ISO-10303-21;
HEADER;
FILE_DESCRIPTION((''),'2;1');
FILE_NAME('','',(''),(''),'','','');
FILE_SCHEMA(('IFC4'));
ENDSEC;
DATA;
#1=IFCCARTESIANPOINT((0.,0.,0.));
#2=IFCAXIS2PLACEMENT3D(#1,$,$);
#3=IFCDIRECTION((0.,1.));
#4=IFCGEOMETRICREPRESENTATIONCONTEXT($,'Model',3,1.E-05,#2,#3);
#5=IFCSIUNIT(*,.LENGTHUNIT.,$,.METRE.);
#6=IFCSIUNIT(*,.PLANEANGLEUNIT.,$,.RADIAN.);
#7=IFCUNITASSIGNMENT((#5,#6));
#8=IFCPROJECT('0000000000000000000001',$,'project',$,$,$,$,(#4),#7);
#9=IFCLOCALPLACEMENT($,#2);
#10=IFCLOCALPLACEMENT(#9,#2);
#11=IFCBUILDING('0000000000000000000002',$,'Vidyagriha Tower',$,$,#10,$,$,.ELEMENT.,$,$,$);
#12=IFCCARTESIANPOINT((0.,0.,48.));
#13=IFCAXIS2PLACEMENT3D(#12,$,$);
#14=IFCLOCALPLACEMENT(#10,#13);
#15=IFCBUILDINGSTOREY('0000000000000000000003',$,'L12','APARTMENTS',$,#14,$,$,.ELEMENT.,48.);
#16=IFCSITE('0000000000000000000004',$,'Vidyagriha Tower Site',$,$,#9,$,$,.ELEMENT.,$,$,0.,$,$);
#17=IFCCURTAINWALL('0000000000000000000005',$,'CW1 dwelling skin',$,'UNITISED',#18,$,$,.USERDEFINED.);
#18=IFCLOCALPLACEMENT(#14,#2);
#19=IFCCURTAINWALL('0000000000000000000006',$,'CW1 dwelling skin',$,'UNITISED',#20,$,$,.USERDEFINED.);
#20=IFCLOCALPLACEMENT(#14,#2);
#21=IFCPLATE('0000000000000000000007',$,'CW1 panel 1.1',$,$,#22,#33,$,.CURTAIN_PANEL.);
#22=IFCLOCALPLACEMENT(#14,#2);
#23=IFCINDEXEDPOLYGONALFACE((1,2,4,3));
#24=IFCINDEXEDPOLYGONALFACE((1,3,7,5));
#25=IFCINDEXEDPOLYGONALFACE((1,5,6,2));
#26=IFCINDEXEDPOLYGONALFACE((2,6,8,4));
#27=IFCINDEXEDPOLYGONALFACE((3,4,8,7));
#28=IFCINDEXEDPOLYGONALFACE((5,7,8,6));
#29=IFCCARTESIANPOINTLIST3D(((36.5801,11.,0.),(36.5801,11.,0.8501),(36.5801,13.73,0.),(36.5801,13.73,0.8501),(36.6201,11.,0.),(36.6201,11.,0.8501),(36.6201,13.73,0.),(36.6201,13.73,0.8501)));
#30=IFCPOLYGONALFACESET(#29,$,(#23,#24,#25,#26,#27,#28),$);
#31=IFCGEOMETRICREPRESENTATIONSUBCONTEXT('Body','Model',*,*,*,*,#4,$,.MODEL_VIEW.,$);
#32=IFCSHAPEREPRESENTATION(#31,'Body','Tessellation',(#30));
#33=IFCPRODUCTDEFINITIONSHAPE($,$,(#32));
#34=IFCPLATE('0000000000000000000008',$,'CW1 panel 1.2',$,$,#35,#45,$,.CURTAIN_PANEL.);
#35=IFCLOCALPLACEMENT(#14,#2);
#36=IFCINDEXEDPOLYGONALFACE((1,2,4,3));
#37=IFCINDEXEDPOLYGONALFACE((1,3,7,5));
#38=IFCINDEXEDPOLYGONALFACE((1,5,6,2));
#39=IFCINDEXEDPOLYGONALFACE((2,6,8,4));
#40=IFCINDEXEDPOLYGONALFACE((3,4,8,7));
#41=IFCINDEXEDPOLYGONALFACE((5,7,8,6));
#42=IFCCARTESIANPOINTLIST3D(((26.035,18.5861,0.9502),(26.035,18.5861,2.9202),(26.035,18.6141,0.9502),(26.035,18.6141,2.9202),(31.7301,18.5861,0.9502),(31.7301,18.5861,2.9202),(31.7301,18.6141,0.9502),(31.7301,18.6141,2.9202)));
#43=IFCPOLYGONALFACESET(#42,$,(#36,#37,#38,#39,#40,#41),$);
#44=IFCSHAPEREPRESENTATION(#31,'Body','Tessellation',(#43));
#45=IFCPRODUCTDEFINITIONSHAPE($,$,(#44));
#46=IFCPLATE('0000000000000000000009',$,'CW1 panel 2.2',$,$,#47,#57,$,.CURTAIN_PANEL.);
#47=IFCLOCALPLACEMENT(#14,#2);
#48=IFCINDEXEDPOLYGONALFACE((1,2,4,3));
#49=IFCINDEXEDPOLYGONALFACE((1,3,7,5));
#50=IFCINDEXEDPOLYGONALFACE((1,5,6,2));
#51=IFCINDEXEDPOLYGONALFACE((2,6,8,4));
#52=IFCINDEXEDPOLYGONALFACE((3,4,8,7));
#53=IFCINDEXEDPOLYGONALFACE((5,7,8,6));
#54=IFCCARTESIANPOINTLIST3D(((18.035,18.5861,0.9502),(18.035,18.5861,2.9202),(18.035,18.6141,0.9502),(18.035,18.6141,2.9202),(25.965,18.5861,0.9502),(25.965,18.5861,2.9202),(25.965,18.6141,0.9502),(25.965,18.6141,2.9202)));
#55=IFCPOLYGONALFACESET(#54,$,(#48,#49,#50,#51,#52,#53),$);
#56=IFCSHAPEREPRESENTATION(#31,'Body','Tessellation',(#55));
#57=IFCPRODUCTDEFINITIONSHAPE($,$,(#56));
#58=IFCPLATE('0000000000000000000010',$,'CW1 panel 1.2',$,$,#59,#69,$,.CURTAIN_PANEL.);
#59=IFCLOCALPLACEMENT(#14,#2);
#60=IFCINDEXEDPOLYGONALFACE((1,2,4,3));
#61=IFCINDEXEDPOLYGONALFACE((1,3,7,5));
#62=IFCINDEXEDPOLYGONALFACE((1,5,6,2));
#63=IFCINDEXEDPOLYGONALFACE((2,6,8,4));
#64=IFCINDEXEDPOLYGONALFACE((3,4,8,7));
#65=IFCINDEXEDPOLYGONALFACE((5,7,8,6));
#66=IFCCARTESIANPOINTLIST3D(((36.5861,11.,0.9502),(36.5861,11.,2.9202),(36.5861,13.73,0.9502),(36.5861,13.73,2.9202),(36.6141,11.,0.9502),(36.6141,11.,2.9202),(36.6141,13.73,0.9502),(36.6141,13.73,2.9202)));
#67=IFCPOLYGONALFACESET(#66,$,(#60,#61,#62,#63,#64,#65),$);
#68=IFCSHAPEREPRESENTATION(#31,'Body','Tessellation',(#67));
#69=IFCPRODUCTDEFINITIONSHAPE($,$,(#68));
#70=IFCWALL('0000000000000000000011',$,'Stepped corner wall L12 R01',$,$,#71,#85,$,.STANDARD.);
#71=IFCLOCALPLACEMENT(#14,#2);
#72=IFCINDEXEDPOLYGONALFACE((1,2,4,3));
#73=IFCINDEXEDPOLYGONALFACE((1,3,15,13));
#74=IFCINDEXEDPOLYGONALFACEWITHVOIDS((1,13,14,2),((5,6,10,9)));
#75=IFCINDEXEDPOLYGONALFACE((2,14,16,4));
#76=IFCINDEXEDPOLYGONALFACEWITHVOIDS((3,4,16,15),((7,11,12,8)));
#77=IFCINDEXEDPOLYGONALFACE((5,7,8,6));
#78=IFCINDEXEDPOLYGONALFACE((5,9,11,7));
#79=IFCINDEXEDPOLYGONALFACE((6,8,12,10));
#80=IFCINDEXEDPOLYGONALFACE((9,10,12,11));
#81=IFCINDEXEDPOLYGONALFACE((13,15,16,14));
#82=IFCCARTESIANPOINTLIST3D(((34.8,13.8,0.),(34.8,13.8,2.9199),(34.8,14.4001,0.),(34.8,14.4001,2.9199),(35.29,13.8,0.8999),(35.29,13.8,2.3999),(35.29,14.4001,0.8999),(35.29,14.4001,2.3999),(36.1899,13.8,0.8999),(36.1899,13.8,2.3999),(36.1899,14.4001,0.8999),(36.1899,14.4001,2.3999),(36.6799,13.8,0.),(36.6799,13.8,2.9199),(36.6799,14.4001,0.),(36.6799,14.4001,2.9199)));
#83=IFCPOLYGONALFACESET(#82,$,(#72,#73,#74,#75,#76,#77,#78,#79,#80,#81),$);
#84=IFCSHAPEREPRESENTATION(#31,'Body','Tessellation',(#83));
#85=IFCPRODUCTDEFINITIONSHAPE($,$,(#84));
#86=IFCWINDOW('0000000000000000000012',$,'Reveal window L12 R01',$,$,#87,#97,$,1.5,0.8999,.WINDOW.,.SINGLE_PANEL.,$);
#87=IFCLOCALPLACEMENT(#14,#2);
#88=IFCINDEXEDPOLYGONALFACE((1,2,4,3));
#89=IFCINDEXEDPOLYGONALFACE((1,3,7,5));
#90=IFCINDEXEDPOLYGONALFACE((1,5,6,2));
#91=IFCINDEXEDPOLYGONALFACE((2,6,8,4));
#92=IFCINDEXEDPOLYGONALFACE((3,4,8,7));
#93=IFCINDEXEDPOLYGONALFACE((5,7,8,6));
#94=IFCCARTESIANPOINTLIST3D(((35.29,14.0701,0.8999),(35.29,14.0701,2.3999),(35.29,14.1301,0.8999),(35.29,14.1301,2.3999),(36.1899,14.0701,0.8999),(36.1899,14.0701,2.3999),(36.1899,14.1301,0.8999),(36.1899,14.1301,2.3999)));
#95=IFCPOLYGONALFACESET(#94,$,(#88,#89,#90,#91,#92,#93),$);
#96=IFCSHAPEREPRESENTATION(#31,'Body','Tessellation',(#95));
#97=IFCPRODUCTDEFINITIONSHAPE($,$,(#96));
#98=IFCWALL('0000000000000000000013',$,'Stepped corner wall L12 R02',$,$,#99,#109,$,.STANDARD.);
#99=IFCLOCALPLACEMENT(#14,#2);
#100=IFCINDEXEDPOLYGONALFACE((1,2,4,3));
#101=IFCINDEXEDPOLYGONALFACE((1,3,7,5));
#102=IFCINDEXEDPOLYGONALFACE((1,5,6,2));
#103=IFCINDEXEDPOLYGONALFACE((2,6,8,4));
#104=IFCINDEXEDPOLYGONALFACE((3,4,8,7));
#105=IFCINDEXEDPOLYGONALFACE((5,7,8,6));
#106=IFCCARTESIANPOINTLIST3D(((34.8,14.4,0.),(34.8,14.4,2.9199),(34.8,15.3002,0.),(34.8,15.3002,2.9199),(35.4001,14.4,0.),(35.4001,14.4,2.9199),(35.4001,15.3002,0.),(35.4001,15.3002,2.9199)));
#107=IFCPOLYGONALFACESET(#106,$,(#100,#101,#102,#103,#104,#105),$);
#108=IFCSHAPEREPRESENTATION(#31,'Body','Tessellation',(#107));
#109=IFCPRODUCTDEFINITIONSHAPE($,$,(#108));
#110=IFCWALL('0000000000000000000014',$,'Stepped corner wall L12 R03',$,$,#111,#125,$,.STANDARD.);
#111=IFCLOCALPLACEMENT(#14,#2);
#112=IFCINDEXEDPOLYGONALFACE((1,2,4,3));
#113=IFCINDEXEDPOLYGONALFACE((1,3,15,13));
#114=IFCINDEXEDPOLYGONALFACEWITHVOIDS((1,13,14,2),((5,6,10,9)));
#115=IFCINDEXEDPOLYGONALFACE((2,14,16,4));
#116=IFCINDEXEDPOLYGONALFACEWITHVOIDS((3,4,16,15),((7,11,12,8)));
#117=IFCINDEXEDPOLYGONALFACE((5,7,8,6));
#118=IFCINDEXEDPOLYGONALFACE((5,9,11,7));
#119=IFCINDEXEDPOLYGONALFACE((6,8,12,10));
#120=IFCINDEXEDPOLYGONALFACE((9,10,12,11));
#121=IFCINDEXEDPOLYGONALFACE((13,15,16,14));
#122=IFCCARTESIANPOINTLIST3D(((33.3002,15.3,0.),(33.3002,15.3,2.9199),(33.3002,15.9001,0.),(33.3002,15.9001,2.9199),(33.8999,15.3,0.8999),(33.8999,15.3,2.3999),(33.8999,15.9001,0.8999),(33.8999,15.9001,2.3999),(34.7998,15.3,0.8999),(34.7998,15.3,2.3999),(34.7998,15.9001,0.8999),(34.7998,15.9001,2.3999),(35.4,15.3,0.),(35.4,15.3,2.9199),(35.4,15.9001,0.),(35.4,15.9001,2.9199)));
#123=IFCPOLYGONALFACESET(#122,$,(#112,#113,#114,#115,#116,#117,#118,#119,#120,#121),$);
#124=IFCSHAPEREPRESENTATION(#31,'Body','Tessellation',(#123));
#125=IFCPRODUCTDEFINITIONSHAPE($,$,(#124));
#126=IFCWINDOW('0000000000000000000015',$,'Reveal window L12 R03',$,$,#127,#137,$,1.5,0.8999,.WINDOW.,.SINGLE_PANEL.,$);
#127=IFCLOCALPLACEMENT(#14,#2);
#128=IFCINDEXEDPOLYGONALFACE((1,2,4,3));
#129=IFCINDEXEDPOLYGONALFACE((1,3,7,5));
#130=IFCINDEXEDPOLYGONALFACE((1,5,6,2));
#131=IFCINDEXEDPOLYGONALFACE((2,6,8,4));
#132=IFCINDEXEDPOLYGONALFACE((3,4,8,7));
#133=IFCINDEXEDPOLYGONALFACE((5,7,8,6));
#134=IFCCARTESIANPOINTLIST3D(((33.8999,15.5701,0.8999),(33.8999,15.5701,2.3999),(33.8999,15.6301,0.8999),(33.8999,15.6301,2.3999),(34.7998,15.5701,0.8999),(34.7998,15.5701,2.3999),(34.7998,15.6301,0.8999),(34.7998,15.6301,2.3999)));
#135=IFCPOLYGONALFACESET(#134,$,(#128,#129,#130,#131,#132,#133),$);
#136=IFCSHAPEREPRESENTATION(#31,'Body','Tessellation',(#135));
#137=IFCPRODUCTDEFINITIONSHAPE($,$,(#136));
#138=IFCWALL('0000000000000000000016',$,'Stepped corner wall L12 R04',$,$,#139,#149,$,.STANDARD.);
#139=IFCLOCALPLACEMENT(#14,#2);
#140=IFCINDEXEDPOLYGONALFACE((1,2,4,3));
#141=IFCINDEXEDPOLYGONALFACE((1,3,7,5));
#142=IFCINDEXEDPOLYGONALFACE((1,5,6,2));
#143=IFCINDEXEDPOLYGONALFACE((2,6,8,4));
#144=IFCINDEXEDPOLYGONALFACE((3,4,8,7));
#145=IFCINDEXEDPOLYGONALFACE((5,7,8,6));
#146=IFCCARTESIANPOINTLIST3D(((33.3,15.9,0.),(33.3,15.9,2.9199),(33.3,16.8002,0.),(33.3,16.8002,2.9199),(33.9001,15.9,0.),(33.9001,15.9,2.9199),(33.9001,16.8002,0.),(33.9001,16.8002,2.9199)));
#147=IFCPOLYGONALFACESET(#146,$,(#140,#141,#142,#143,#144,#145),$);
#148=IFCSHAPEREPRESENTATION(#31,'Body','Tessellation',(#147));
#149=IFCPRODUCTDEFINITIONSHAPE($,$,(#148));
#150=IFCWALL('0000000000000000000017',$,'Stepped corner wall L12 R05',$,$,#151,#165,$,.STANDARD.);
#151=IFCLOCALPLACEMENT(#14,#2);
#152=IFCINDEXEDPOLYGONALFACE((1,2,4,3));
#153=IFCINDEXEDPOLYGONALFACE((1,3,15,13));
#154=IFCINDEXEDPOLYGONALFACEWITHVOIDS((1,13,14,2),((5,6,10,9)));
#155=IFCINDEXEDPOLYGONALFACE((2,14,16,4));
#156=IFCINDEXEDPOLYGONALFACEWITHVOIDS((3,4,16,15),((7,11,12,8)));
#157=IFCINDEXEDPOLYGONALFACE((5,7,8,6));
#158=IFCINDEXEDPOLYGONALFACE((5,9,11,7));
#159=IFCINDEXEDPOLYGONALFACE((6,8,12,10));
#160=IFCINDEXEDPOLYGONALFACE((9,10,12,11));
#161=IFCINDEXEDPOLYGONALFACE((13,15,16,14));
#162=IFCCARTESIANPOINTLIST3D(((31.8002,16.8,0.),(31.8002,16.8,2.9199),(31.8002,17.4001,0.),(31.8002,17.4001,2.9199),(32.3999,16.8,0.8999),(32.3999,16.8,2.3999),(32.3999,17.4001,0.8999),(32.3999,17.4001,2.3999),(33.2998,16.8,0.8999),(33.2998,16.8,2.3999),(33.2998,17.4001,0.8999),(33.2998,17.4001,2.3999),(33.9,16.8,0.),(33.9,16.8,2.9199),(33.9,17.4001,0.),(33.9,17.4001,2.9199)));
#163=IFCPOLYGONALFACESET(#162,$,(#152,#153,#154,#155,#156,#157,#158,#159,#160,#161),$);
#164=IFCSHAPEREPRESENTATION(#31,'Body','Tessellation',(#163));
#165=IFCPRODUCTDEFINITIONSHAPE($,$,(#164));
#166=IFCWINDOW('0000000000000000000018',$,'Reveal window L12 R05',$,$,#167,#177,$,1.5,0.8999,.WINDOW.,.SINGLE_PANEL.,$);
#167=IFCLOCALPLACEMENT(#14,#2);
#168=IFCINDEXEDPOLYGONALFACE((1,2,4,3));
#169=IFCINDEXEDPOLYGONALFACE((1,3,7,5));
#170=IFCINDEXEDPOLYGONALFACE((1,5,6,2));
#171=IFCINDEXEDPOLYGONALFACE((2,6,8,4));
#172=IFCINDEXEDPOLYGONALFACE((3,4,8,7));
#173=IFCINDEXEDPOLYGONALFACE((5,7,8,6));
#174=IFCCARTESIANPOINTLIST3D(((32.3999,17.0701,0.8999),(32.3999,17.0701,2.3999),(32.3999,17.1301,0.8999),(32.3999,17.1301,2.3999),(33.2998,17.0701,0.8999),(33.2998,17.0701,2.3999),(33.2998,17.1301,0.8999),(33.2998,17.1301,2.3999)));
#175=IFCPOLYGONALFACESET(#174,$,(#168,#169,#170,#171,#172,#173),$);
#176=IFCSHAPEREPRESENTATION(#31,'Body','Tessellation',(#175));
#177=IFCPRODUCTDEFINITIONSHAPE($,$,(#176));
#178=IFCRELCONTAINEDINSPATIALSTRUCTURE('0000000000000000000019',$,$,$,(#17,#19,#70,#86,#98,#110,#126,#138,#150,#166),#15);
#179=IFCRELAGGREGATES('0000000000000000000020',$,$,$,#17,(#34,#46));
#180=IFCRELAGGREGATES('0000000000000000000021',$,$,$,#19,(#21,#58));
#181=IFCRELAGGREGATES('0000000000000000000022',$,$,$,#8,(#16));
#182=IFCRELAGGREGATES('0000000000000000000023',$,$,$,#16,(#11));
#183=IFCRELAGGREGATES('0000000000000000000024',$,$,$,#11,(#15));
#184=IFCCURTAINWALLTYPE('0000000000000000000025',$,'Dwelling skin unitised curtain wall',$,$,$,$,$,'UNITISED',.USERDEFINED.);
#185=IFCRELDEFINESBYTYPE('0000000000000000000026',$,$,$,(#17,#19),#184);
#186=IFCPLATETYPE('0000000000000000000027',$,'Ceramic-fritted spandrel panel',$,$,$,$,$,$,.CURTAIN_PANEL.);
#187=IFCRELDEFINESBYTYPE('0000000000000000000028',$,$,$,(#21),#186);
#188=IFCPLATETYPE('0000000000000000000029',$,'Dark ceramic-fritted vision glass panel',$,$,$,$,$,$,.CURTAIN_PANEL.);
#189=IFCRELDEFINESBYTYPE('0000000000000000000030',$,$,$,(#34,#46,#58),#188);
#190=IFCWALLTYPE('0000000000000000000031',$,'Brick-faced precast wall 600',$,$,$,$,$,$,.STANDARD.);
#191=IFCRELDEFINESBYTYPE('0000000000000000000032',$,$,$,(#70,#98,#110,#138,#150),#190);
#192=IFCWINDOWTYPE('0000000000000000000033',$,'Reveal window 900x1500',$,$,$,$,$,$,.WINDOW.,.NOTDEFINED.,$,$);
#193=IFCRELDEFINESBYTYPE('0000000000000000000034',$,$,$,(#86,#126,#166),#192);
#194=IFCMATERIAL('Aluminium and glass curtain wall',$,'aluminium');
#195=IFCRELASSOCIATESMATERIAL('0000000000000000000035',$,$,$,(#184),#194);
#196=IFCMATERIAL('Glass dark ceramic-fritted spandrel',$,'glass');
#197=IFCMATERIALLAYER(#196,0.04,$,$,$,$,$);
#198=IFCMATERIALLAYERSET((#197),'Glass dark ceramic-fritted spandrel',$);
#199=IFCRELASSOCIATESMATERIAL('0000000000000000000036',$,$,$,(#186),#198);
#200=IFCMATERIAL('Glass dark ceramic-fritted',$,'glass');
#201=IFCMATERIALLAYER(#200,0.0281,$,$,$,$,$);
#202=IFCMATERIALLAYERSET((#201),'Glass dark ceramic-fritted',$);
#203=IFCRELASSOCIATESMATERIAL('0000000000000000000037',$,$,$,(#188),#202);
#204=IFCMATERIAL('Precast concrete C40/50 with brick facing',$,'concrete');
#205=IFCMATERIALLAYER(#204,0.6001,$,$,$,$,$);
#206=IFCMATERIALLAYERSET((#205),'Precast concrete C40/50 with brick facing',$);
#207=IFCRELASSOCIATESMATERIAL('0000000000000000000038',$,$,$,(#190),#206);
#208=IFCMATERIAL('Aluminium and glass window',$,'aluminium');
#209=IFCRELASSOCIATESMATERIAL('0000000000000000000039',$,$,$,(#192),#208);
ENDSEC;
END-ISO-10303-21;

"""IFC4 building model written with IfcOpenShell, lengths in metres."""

from ifc_helpers import new_model, si_unit, direction, frame, frame_2d, origin, origin_2d, place, context, subcontext, project, spatial, rectangle, extrude, material, layer, layer_set, type_object, element, fill, aggregate, save


model = new_model("IFC4")

# Units and contexts
model_context = context("Model", 3, precision=1e-05, world=origin(), true_north=direction((0.0, 1.0)))
body_context = subcontext(model_context, "Body", "Model", "MODEL_VIEW")
ifc_project = project(units=[si_unit("LENGTHUNIT", "METRE"), si_unit("PLANEANGLEUNIT", "RADIAN")], contexts=[model_context])

# Site, building, storey
site_placement = place(None, origin())
site = spatial("IfcSite", under=ifc_project, at=site_placement, Name="Vidyagriha Tower Site", CompositionType="ELEMENT", RefElevation=0.0)
building_placement = place(site_placement, origin())
building = spatial("IfcBuilding", under=site, at=building_placement, Name="Vidyagriha Tower", CompositionType="ELEMENT")
storey_placement = place(building_placement, frame((0.0, 0.0, 48.0)))
storey = spatial("IfcBuildingStorey", under=building, at=storey_placement, Name="L12", Description="APARTMENTS", CompositionType="ELEMENT", Elevation=48.0)

# Curtain wall
ifc_material_1 = material(Name="Aluminium and glass curtain wall", Category="aluminium")
curtain_wall_type = type_object("IfcCurtainWallType", Name="Dwelling skin unitised curtain wall", ElementType="UNITISED", PredefinedType="USERDEFINED", material=ifc_material_1)
curtain_wall_1_placement = place(storey_placement, origin())
curtain_wall_1 = element("IfcCurtainWall", 1, at=curtain_wall_1_placement, inside=storey, type_object=curtain_wall_type, Name="CW1 dwelling skin", ObjectType="UNITISED", PredefinedType="USERDEFINED")

# Curtain wall
curtain_wall_2_placement = place(storey_placement, origin())
curtain_wall_2 = element("IfcCurtainWall", 2, at=curtain_wall_2_placement, inside=storey, type_object=curtain_wall_type, Name="CW1 dwelling skin", ObjectType="UNITISED", PredefinedType="USERDEFINED")

# Plates
ifc_material_2 = material(Name="Glass dark ceramic-fritted spandrel", Category="glass")
ifc_layer_1 = layer(ifc_material_2, 0.04)
ifc_layer_set_1 = layer_set([ifc_layer_1], Name="Glass dark ceramic-fritted spandrel")
plate_type_1 = type_object("IfcPlateType", Name="Ceramic-fritted spandrel panel", PredefinedType="CURTAIN_PANEL", material=ifc_layer_set_1)
plate_1_placement = place(storey_placement, frame((36.6001, 12.365, 0.0), z_axis=(0.0, 0.0, 1.0), x_axis=(0.0, 1.0, 0.0)))
plate_1 = element("IfcPlate", 3, at=plate_1_placement, type_object=plate_type_1, Name="CW1 panel 1.1", PredefinedType="CURTAIN_PANEL", context=body_context, shape_type="SweptSolid", body=[
    extrude(rectangle(XDim=2.73, YDim=0.04, at=origin_2d()), origin(), (0.0, 0.0, 1.0), 0.8501),
])
ifc_material_3 = material(Name="Glass dark ceramic-fritted", Category="glass")
ifc_layer_2 = layer(ifc_material_3, 0.0281)
ifc_layer_set_2 = layer_set([ifc_layer_2], Name="Glass dark ceramic-fritted")
plate_type_2 = type_object("IfcPlateType", Name="Dark ceramic-fritted vision glass panel", PredefinedType="CURTAIN_PANEL", material=ifc_layer_set_2)
plate_2_placement = place(storey_placement, frame((28.8826, 18.6001, 0.9502), z_axis=(0.0, 0.0, 1.0), x_axis=(-1.0, 0.0, 0.0)))
plate_2 = element("IfcPlate", 4, at=plate_2_placement, type_object=plate_type_2, Name="CW1 panel 1.2", PredefinedType="CURTAIN_PANEL", context=body_context, shape_type="SweptSolid", body=[
    extrude(rectangle(XDim=5.6951, YDim=0.0281, at=origin_2d()), origin(), (0.0, 0.0, 1.0), 1.97),
])
plate_3_placement = place(storey_placement, frame((22.0, 18.6001, 0.9502), z_axis=(0.0, 0.0, 1.0), x_axis=(-1.0, 0.0, 0.0)))
plate_3 = element("IfcPlate", 5, at=plate_3_placement, type_object=plate_type_2, Name="CW1 panel 2.2", PredefinedType="CURTAIN_PANEL", context=body_context, shape_type="SweptSolid", body=[
    extrude(rectangle(XDim=7.9299, YDim=0.0281, at=origin_2d()), origin(), (0.0, 0.0, 1.0), 1.97),
])
aggregate(curtain_wall_1, [plate_2, plate_3])
plate_4_placement = place(storey_placement, frame((36.6001, 12.365, 0.9502), z_axis=(0.0, 0.0, 1.0), x_axis=(0.0, 1.0, 0.0)))
plate_4 = element("IfcPlate", 6, at=plate_4_placement, type_object=plate_type_2, Name="CW1 panel 1.2", PredefinedType="CURTAIN_PANEL", context=body_context, shape_type="SweptSolid", body=[
    extrude(rectangle(XDim=2.73, YDim=0.0281, at=origin_2d()), origin(), (0.0, 0.0, 1.0), 1.97),
])
aggregate(curtain_wall_2, [plate_1, plate_4])

# Wall, opening, window
ifc_material_4 = material(Name="Precast concrete C40/50 with brick facing", Category="concrete")
ifc_layer_3 = layer(ifc_material_4, 0.6001)
ifc_layer_set_3 = layer_set([ifc_layer_3], Name="Precast concrete C40/50 with brick facing")
wall_type_1 = type_object("IfcWallType", Name="Brick-faced precast wall 600", PredefinedType="STANDARD", material=ifc_layer_set_3)
wall_1_placement = place(storey_placement, frame((36.6799, 14.1001, 0.0), z_axis=(0.0, 0.0, 1.0), x_axis=(-1.0, 0.0, 0.0)))
wall_1 = element("IfcWall", 7, at=wall_1_placement, inside=storey, type_object=wall_type_1, Name="Stepped corner wall L12 R01", PredefinedType="STANDARD", context=body_context, shape_type="SweptSolid", body=[
    extrude(rectangle(XDim=1.8799, YDim=0.6001, at=frame_2d((0.9399, 0.0))), origin(), (0.0, 0.0, 1.0), 2.9199),
])
opening_1_placement = place(wall_1_placement, frame((0.49, 0.0, 0.8999)))
opening_1 = element("IfcOpeningElement", 8, at=opening_1_placement, cuts=wall_1, PredefinedType="OPENING", context=body_context, shape_type="SweptSolid", body=[
    extrude(rectangle(XDim=0.8999, YDim=1.5, at=frame_2d((0.45, 0.75))), frame((0.0, 0.3101, 0.0), z_axis=(0.0, -1.0, 0.0), x_axis=(1.0, 0.0, 0.0)), (0.0, 0.0, 1.0), 0.6201),
])
ifc_material_5 = material(Name="Aluminium and glass window", Category="aluminium")
window_type = type_object("IfcWindowType", Name="Reveal window 900x1500", PartitioningType="NOTDEFINED", PredefinedType="WINDOW", material=ifc_material_5)
window_1_placement = place(opening_1_placement, origin())
window_1 = element("IfcWindow", 9, at=window_1_placement, inside=storey, type_object=window_type, Name="Reveal window L12 R01", OverallHeight=1.5, OverallWidth=0.8999, PartitioningType="SINGLE_PANEL", PredefinedType="WINDOW", context=body_context, shape_type="SweptSolid", body=[
    extrude(rectangle(XDim=0.8999, YDim=1.5, at=frame_2d((0.45, 0.75))), frame((0.0, 0.03, 0.0), z_axis=(0.0, -1.0, 0.0), x_axis=(1.0, 0.0, 0.0)), (0.0, 0.0, 1.0), 0.0601),
])
fill(opening_1, window_1)

# Wall
wall_2_placement = place(storey_placement, frame((35.1001, 14.3999, 0.0), z_axis=(0.0, 0.0, 1.0), x_axis=(0.0, 1.0, 0.0)))
element("IfcWall", 10, at=wall_2_placement, inside=storey, type_object=wall_type_1, Name="Stepped corner wall L12 R02", PredefinedType="STANDARD", context=body_context, shape_type="SweptSolid", body=[
    extrude(rectangle(XDim=0.9001, YDim=0.6001, at=frame_2d((0.4502, 0.0))), origin(), (0.0, 0.0, 1.0), 2.9199),
])

# Wall, opening, window
wall_3_placement = place(storey_placement, frame((35.3999, 15.6001, 0.0), z_axis=(0.0, 0.0, 1.0), x_axis=(-1.0, 0.0, 0.0)))
wall_3 = element("IfcWall", 11, at=wall_3_placement, inside=storey, type_object=wall_type_1, Name="Stepped corner wall L12 R03", PredefinedType="STANDARD", context=body_context, shape_type="SweptSolid", body=[
    extrude(rectangle(XDim=2.0999, YDim=0.6001, at=frame_2d((1.0498, 0.0))), origin(), (0.0, 0.0, 1.0), 2.9199),
])
opening_2_placement = place(wall_3_placement, frame((0.6001, 0.0, 0.8999)))
opening_2 = element("IfcOpeningElement", 12, at=opening_2_placement, cuts=wall_3, PredefinedType="OPENING", context=body_context, shape_type="SweptSolid", body=[
    extrude(rectangle(XDim=0.8999, YDim=1.5, at=frame_2d((0.45, 0.75))), frame((0.0, 0.3101, 0.0), z_axis=(0.0, -1.0, 0.0), x_axis=(1.0, 0.0, 0.0)), (0.0, 0.0, 1.0), 0.6201),
])
window_2_placement = place(opening_2_placement, origin())
window_2 = element("IfcWindow", 13, at=window_2_placement, inside=storey, type_object=window_type, Name="Reveal window L12 R03", OverallHeight=1.5, OverallWidth=0.8999, PartitioningType="SINGLE_PANEL", PredefinedType="WINDOW", context=body_context, shape_type="SweptSolid", body=[
    extrude(rectangle(XDim=0.8999, YDim=1.5, at=frame_2d((0.45, 0.75))), frame((0.0, 0.03, 0.0), z_axis=(0.0, -1.0, 0.0), x_axis=(1.0, 0.0, 0.0)), (0.0, 0.0, 1.0), 0.0601),
])
fill(opening_2, window_2)

# Wall
wall_4_placement = place(storey_placement, frame((33.6001, 15.8999, 0.0), z_axis=(0.0, 0.0, 1.0), x_axis=(0.0, 1.0, 0.0)))
element("IfcWall", 14, at=wall_4_placement, inside=storey, type_object=wall_type_1, Name="Stepped corner wall L12 R04", PredefinedType="STANDARD", context=body_context, shape_type="SweptSolid", body=[
    extrude(rectangle(XDim=0.9001, YDim=0.6001, at=frame_2d((0.4502, 0.0))), origin(), (0.0, 0.0, 1.0), 2.9199),
])

# Wall, opening, window
wall_5_placement = place(storey_placement, frame((33.8999, 17.1001, 0.0), z_axis=(0.0, 0.0, 1.0), x_axis=(-1.0, 0.0, 0.0)))
wall_5 = element("IfcWall", 15, at=wall_5_placement, inside=storey, type_object=wall_type_1, Name="Stepped corner wall L12 R05", PredefinedType="STANDARD", context=body_context, shape_type="SweptSolid", body=[
    extrude(rectangle(XDim=2.0999, YDim=0.6001, at=frame_2d((1.0498, 0.0))), origin(), (0.0, 0.0, 1.0), 2.9199),
])
opening_3_placement = place(wall_5_placement, frame((0.6001, 0.0, 0.8999)))
opening_3 = element("IfcOpeningElement", 16, at=opening_3_placement, cuts=wall_5, PredefinedType="OPENING", context=body_context, shape_type="SweptSolid", body=[
    extrude(rectangle(XDim=0.8999, YDim=1.5, at=frame_2d((0.45, 0.75))), frame((0.0, 0.3101, 0.0), z_axis=(0.0, -1.0, 0.0), x_axis=(1.0, 0.0, 0.0)), (0.0, 0.0, 1.0), 0.6201),
])
window_3_placement = place(opening_3_placement, origin())
window_3 = element("IfcWindow", 17, at=window_3_placement, inside=storey, type_object=window_type, Name="Reveal window L12 R05", OverallHeight=1.5, OverallWidth=0.8999, PartitioningType="SINGLE_PANEL", PredefinedType="WINDOW", context=body_context, shape_type="SweptSolid", body=[
    extrude(rectangle(XDim=0.8999, YDim=1.5, at=frame_2d((0.45, 0.75))), frame((0.0, 0.03, 0.0), z_axis=(0.0, -1.0, 0.0), x_axis=(1.0, 0.0, 0.0)), (0.0, 0.0, 1.0), 0.0601),
])
fill(opening_3, window_3)

save(model, "model.ifc")
